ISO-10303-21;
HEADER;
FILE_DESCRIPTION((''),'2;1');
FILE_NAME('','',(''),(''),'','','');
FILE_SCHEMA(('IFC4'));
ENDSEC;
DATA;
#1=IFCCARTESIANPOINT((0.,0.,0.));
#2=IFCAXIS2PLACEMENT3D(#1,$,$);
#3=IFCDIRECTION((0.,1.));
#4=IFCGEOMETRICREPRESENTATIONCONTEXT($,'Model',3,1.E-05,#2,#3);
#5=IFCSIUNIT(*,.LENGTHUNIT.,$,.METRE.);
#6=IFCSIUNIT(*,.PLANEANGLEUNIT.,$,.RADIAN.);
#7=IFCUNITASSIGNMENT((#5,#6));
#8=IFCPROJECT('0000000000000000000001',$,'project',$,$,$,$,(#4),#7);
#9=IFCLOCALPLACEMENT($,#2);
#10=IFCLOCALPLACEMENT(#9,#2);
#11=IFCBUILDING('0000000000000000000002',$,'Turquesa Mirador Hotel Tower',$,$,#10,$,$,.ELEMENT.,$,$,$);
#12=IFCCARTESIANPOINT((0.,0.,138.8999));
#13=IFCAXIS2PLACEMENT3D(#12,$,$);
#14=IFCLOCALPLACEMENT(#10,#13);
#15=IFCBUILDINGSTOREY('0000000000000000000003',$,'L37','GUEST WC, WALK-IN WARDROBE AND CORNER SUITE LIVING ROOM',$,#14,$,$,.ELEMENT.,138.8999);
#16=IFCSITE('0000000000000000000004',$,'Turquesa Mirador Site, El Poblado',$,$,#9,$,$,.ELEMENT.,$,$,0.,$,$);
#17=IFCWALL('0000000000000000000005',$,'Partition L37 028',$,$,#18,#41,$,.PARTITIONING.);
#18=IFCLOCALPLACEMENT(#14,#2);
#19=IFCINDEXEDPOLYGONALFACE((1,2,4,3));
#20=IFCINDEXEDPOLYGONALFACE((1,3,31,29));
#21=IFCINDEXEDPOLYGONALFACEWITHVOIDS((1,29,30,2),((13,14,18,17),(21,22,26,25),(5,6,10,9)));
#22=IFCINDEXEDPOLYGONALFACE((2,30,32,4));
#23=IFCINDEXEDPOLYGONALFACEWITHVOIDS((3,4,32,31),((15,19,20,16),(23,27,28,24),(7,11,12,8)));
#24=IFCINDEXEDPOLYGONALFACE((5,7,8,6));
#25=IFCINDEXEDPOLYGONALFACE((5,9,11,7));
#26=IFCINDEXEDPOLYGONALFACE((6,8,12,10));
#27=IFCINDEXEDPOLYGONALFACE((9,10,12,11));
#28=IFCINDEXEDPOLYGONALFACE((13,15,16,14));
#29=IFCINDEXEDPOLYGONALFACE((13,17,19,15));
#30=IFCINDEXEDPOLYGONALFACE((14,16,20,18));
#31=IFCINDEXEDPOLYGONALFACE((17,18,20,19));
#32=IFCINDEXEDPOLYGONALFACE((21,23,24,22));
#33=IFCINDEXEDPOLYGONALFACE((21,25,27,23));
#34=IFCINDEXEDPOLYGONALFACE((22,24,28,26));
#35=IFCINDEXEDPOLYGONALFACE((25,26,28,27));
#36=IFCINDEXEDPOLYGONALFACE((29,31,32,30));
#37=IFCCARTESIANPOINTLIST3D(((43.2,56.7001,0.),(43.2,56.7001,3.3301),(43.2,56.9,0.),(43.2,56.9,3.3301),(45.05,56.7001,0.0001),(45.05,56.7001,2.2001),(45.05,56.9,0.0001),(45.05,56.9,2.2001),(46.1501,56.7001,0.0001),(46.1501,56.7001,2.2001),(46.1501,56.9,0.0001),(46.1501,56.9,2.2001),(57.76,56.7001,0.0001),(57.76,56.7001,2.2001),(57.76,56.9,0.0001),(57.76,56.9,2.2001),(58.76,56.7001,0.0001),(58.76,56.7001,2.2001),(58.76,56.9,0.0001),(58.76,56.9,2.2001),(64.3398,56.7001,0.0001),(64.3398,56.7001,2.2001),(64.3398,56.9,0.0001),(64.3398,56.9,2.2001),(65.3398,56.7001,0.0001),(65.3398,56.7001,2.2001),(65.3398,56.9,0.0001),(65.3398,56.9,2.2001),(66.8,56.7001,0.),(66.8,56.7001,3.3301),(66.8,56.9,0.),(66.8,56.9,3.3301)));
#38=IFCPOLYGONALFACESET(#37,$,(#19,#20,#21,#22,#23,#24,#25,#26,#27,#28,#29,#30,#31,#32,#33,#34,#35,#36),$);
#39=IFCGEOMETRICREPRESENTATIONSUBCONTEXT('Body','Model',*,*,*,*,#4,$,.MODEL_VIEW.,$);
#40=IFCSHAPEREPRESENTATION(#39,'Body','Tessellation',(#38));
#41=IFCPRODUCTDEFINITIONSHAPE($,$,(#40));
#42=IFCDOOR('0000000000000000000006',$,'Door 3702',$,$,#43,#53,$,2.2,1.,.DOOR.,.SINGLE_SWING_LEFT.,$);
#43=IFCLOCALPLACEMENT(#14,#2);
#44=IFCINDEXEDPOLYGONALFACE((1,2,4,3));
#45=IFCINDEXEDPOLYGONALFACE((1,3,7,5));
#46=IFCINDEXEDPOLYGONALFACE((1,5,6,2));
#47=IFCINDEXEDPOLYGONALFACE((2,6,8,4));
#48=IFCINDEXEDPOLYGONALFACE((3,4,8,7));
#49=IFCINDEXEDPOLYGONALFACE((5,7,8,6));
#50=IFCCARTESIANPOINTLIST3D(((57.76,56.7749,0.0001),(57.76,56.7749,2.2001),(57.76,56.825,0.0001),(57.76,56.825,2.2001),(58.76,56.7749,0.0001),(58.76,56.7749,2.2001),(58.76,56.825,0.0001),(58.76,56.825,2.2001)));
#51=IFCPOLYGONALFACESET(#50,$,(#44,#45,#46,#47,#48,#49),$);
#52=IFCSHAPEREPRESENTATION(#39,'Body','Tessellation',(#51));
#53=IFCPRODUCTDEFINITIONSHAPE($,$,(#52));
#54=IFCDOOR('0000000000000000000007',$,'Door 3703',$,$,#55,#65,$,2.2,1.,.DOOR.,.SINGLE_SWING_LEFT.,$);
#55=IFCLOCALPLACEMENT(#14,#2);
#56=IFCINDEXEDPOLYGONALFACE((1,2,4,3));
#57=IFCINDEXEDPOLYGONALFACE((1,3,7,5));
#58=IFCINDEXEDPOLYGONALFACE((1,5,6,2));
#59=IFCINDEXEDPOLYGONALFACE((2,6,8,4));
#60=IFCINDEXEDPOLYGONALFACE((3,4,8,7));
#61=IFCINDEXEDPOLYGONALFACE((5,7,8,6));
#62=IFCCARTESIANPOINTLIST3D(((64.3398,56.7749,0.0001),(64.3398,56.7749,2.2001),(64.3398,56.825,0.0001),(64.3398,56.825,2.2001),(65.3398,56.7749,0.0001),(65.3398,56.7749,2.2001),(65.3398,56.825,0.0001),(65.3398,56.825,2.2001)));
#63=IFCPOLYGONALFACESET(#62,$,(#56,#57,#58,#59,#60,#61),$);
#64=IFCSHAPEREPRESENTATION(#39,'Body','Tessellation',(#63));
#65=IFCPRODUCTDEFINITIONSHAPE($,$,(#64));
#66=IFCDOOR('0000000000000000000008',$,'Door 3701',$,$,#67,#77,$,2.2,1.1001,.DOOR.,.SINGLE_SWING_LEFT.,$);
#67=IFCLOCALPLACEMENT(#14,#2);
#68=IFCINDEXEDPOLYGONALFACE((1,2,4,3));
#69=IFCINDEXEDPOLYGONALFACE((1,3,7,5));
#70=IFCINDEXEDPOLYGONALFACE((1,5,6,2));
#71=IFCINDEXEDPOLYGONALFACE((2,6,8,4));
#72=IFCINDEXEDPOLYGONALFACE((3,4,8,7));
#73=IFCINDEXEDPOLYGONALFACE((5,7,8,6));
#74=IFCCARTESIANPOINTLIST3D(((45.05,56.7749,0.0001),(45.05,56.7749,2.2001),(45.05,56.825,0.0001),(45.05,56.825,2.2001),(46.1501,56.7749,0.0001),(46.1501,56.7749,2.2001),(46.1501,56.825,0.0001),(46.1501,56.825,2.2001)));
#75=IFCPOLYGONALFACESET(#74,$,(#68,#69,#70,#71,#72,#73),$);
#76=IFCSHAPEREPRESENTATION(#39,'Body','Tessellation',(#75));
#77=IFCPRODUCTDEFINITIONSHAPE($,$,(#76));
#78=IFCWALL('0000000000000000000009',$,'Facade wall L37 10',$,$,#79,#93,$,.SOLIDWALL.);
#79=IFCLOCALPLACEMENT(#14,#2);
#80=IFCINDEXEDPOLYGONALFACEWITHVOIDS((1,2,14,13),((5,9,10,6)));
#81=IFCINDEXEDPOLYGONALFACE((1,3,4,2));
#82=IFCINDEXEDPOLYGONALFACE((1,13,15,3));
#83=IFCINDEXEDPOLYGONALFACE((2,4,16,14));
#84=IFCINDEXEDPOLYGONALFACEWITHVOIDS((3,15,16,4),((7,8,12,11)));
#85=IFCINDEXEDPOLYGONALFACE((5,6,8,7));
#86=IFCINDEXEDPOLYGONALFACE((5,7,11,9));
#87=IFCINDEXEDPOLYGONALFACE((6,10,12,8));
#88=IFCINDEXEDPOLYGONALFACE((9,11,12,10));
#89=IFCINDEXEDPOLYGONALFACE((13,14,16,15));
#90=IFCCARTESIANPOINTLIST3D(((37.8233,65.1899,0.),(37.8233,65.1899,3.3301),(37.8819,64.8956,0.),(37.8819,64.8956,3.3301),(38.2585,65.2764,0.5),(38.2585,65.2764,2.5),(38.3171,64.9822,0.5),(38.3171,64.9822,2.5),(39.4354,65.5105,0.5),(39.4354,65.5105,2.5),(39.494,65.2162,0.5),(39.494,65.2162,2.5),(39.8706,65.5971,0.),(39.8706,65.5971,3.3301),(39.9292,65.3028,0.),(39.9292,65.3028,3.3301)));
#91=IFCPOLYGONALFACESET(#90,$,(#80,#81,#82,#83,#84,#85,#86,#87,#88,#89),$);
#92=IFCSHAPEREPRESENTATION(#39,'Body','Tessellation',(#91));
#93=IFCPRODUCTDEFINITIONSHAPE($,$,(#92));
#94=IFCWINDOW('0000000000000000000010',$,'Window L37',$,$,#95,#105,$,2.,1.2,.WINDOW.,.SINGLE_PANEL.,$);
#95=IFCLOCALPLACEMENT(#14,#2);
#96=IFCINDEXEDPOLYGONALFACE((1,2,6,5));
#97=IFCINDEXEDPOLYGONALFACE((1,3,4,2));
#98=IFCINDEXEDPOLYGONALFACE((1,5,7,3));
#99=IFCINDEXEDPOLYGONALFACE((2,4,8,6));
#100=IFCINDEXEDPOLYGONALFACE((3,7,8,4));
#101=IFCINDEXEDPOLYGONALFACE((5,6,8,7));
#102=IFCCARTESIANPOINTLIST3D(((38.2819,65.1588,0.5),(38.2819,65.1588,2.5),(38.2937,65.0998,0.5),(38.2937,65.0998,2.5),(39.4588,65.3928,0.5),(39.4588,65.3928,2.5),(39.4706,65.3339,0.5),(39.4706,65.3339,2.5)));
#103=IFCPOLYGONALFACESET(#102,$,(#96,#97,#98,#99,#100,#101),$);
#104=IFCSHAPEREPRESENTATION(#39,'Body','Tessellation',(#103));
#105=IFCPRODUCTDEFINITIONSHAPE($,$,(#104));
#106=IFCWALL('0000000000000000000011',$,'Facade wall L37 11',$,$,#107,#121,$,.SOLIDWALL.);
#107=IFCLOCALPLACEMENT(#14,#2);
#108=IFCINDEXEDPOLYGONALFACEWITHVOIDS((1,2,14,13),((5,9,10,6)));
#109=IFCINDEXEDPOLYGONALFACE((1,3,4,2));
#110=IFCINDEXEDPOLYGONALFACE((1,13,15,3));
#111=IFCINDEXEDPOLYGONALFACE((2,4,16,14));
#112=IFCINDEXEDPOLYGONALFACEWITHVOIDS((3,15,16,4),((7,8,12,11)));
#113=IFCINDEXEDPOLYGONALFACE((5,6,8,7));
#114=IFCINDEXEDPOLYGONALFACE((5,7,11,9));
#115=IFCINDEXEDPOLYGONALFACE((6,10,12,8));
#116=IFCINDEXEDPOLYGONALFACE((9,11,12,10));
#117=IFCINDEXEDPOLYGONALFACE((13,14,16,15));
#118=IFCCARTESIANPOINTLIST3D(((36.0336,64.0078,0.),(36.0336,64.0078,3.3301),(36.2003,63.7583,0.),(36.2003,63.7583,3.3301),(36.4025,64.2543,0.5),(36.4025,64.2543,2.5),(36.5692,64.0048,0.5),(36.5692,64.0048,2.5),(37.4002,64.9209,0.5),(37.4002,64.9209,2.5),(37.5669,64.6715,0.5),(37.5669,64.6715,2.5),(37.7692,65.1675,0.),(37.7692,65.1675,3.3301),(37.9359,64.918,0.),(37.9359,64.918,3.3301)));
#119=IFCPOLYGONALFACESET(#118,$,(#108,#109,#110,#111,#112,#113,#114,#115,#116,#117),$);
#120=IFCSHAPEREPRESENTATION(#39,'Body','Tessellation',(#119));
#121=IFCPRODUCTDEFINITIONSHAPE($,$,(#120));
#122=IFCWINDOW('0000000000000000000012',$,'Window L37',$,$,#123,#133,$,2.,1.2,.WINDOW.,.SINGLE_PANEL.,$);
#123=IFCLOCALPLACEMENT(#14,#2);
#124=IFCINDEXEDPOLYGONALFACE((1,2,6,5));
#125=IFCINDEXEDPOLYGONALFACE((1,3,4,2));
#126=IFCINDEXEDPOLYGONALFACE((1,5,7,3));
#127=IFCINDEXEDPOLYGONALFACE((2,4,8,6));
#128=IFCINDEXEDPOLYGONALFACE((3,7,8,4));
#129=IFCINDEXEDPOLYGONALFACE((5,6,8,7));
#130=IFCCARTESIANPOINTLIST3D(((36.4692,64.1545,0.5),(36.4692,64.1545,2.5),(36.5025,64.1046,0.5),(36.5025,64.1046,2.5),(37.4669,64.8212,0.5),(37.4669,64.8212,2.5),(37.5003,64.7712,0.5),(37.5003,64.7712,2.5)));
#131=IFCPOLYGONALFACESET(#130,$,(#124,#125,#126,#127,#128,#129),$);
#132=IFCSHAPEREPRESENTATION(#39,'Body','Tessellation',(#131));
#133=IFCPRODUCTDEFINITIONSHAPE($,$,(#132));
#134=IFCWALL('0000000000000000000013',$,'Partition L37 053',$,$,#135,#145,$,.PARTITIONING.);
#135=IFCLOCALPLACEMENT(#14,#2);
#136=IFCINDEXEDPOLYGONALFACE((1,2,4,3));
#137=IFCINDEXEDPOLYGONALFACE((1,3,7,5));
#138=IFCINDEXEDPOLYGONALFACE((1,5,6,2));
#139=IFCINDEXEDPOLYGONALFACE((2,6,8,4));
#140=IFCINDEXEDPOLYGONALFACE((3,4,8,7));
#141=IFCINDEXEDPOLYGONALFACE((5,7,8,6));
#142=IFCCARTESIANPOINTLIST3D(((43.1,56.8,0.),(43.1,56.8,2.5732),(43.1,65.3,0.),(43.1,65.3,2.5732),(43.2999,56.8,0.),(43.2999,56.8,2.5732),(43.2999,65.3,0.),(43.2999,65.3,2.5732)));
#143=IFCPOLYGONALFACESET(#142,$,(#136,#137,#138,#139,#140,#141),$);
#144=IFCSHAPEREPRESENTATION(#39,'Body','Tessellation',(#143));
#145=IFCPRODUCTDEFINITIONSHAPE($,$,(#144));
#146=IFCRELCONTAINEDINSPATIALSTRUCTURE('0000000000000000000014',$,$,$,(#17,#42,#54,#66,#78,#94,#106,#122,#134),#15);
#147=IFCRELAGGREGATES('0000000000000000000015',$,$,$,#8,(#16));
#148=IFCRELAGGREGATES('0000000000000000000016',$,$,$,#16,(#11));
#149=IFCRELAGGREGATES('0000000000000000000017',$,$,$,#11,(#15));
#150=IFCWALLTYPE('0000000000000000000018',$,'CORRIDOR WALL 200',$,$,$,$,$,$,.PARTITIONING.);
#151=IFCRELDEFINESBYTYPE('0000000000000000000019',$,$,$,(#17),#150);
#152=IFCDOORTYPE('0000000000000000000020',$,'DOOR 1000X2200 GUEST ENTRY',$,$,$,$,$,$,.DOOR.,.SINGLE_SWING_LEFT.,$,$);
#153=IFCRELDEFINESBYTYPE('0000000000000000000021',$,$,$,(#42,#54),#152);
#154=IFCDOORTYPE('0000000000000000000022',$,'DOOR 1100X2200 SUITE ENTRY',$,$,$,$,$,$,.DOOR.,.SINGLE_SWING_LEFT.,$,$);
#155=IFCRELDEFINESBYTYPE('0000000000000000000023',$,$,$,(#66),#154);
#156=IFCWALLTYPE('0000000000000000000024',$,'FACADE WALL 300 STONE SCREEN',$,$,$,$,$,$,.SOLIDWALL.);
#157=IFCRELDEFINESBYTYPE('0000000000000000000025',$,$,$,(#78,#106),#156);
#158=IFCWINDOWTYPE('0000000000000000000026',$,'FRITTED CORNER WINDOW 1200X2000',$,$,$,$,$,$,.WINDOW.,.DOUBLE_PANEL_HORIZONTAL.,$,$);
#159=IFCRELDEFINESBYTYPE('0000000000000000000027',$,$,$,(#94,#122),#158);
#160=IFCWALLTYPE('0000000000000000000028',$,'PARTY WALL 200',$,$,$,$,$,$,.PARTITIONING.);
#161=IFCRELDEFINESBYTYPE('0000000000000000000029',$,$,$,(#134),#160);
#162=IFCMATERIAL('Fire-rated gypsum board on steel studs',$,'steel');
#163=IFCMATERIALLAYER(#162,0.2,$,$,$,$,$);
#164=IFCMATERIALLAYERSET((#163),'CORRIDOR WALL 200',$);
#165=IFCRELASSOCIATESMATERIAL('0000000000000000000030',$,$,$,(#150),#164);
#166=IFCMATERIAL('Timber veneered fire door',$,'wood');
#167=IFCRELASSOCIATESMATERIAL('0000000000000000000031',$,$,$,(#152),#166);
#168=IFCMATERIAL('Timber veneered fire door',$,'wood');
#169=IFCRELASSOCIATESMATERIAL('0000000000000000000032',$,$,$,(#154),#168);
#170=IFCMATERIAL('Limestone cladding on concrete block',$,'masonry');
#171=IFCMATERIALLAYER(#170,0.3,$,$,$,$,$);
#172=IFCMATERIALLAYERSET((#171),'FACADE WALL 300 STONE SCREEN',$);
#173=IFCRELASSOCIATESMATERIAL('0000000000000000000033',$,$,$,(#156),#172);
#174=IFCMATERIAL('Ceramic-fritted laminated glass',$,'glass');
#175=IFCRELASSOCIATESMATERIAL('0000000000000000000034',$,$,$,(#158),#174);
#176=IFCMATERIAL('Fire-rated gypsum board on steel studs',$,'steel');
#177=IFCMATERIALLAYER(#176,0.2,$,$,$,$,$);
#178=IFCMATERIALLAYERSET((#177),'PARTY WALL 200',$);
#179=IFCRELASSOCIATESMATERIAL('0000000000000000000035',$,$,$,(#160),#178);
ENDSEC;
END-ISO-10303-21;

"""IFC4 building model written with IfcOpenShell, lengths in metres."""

from ifc_helpers import new_model, si_unit, direction, frame, frame_2d, origin, place, context, subcontext, project, spatial, rectangle, extrude, material, layer, layer_set, type_object, element, fill, save


model = new_model("IFC4")

# Units and contexts
model_context = context("Model", 3, precision=1e-05, world=origin(), true_north=direction((0.0, 1.0)))
body_context = subcontext(model_context, "Body", "Model", "MODEL_VIEW")
ifc_project = project(units=[si_unit("LENGTHUNIT", "METRE"), si_unit("PLANEANGLEUNIT", "RADIAN")], contexts=[model_context])

# Site, building, storey
site_placement = place(None, origin())
site = spatial("IfcSite", under=ifc_project, at=site_placement, Name="Turquesa Mirador Site, El Poblado", CompositionType="ELEMENT", RefElevation=0.0)
building_placement = place(site_placement, origin())
building = spatial("IfcBuilding", under=site, at=building_placement, Name="Turquesa Mirador Hotel Tower", CompositionType="ELEMENT")
storey_placement = place(building_placement, frame((0.0, 0.0, 138.8999)))
storey = spatial("IfcBuildingStorey", under=building, at=storey_placement, Name="L37", Description="GUEST WC, WALK-IN WARDROBE AND CORNER SUITE LIVING ROOM", CompositionType="ELEMENT", Elevation=138.8999)

# Wall, openings, doors
ifc_material_1 = material(Name="Fire-rated gypsum board on steel studs", Category="steel")
ifc_layer_1 = layer(ifc_material_1, 0.2)
ifc_layer_set_1 = layer_set([ifc_layer_1], Name="CORRIDOR WALL 200")
wall_type_1 = type_object("IfcWallType", Name="CORRIDOR WALL 200", PredefinedType="PARTITIONING", material=ifc_layer_set_1)
wall_1_placement = place(storey_placement, frame((43.2, 56.8, 0.0), z_axis=(0.0, 0.0, 1.0), x_axis=(1.0, 0.0, 0.0)))
wall_1 = element("IfcWall", 1, at=wall_1_placement, inside=storey, type_object=wall_type_1, Name="Partition L37 028", PredefinedType="PARTITIONING", context=body_context, shape_type="SweptSolid", body=[
    extrude(rectangle(XDim=23.6001, YDim=0.2, at=frame_2d((11.8, 0.0))), origin(), (0.0, 0.0, 1.0), 3.3301),
])
opening_1_placement = place(wall_1_placement, frame((1.8501, 0.0, 0.0)))
opening_1 = element("IfcOpeningElement", 2, at=opening_1_placement, cuts=wall_1, PredefinedType="OPENING", context=body_context, shape_type="SweptSolid", body=[
    extrude(rectangle(XDim=1.1001, YDim=2.2, at=frame_2d((0.55, 1.1001))), frame((0.0, 0.1099, 0.0), z_axis=(0.0, -1.0, 0.0), x_axis=(1.0, 0.0, 0.0)), (0.0, 0.0, 1.0), 0.22),
])
opening_2_placement = place(wall_1_placement, frame((14.5601, 0.0, 0.0)))
opening_2 = element("IfcOpeningElement", 3, at=opening_2_placement, cuts=wall_1, PredefinedType="OPENING", context=body_context, shape_type="SweptSolid", body=[
    extrude(rectangle(XDim=1.0, YDim=2.2, at=frame_2d((0.5, 1.1001))), frame((0.0, 0.1099, 0.0), z_axis=(0.0, -1.0, 0.0), x_axis=(1.0, 0.0, 0.0)), (0.0, 0.0, 1.0), 0.22),
])
opening_3_placement = place(wall_1_placement, frame((21.1399, 0.0, 0.0)))
opening_3 = element("IfcOpeningElement", 4, at=opening_3_placement, cuts=wall_1, PredefinedType="OPENING", context=body_context, shape_type="SweptSolid", body=[
    extrude(rectangle(XDim=1.0, YDim=2.2, at=frame_2d((0.5, 1.1001))), frame((0.0, 0.1099, 0.0), z_axis=(0.0, -1.0, 0.0), x_axis=(1.0, 0.0, 0.0)), (0.0, 0.0, 1.0), 0.22),
])
ifc_material_2 = material(Name="Timber veneered fire door", Category="wood")
door_type_1 = type_object("IfcDoorType", Name="DOOR 1000X2200 GUEST ENTRY", OperationType="SINGLE_SWING_LEFT", PredefinedType="DOOR", material=ifc_material_2)
door_1_placement = place(opening_2_placement, origin())
door_1 = element("IfcDoor", 5, at=door_1_placement, inside=storey, type_object=door_type_1, Name="Door 3702", OperationType="SINGLE_SWING_LEFT", OverallHeight=2.2, OverallWidth=1.0, PredefinedType="DOOR", context=body_context, shape_type="SweptSolid", body=[
    extrude(rectangle(XDim=1.0, YDim=2.2, at=frame_2d((0.5, 1.1001))), frame((0.0, 0.0249, 0.0), z_axis=(0.0, -1.0, 0.0), x_axis=(1.0, 0.0, 0.0)), (0.0, 0.0, 1.0), 0.05),
])
fill(opening_2, door_1)
door_2_placement = place(opening_3_placement, origin())
door_2 = element("IfcDoor", 6, at=door_2_placement, inside=storey, type_object=door_type_1, Name="Door 3703", OperationType="SINGLE_SWING_LEFT", OverallHeight=2.2, OverallWidth=1.0, PredefinedType="DOOR", context=body_context, shape_type="SweptSolid", body=[
    extrude(rectangle(XDim=1.0, YDim=2.2, at=frame_2d((0.5, 1.1001))), frame((0.0, 0.0249, 0.0), z_axis=(0.0, -1.0, 0.0), x_axis=(1.0, 0.0, 0.0)), (0.0, 0.0, 1.0), 0.05),
])
fill(opening_3, door_2)
ifc_material_3 = material(Name="Timber veneered fire door", Category="wood")
door_type_2 = type_object("IfcDoorType", Name="DOOR 1100X2200 SUITE ENTRY", OperationType="SINGLE_SWING_LEFT", PredefinedType="DOOR", material=ifc_material_3)
door_3_placement = place(opening_1_placement, origin())
door_3 = element("IfcDoor", 7, at=door_3_placement, inside=storey, type_object=door_type_2, Name="Door 3701", OperationType="SINGLE_SWING_LEFT", OverallHeight=2.2, OverallWidth=1.1001, PredefinedType="DOOR", context=body_context, shape_type="SweptSolid", body=[
    extrude(rectangle(XDim=1.1001, YDim=2.2, at=frame_2d((0.55, 1.1001))), frame((0.0, 0.0249, 0.0), z_axis=(0.0, -1.0, 0.0), x_axis=(1.0, 0.0, 0.0)), (0.0, 0.0, 1.0), 0.05),
])
fill(opening_1, door_3)

# Walls, openings, windows
ifc_material_4 = material(Name="Limestone cladding on concrete block", Category="masonry")
ifc_layer_2 = layer(ifc_material_4, 0.3)
ifc_layer_set_2 = layer_set([ifc_layer_2], Name="FACADE WALL 300 STONE SCREEN")
wall_type_2 = type_object("IfcWallType", Name="FACADE WALL 300 STONE SCREEN", PredefinedType="SOLIDWALL", material=ifc_layer_set_2)
wall_2_placement = place(storey_placement, frame((39.8999, 65.45, 0.0), z_axis=(0.0, 0.0, 1.0), x_axis=(-0.980787, -0.195081, 0.0)))
wall_2 = element("IfcWall", 8, at=wall_2_placement, inside=storey, type_object=wall_type_2, Name="Facade wall L37 10", PredefinedType="SOLIDWALL", context=body_context, shape_type="SweptSolid", body=[
    extrude(rectangle(XDim=2.0874, YDim=0.3, at=frame_2d((1.0437, 0.0))), origin(), (0.0, 0.0, 1.0), 3.3301),
])
opening_4_placement = place(wall_2_placement, frame((0.4436, 0.0, 0.5)))
opening_4 = element("IfcOpeningElement", 9, at=opening_4_placement, cuts=wall_2, PredefinedType="OPENING", context=body_context, shape_type="SweptSolid", body=[
    extrude(rectangle(XDim=1.2, YDim=2.0, at=frame_2d((0.6001, 1.0))), frame((0.0, 0.1599, 0.0), z_axis=(0.0, -1.0, 0.0), x_axis=(1.0, 0.0, 0.0)), (0.0, 0.0, 1.0), 0.3201),
])
ifc_material_5 = material(Name="Ceramic-fritted laminated glass", Category="glass")
window_type = type_object("IfcWindowType", Name="FRITTED CORNER WINDOW 1200X2000", PartitioningType="DOUBLE_PANEL_HORIZONTAL", PredefinedType="WINDOW", material=ifc_material_5)
window_1_placement = place(opening_4_placement, origin())
window_1 = element("IfcWindow", 10, at=window_1_placement, inside=storey, type_object=window_type, Name="Window L37", OverallHeight=2.0, OverallWidth=1.2, PartitioningType="SINGLE_PANEL", PredefinedType="WINDOW", context=body_context, shape_type="SweptSolid", body=[
    extrude(rectangle(XDim=1.2, YDim=2.0, at=frame_2d((0.6001, 1.0))), frame((0.0, 0.03, 0.0), z_axis=(0.0, -1.0, 0.0), x_axis=(1.0, 0.0, 0.0)), (0.0, 0.0, 1.0), 0.0601),
])
fill(opening_4, window_1)
wall_3_placement = place(storey_placement, frame((37.8525, 65.0427, 0.0), z_axis=(0.0, 0.0, 1.0), x_axis=(-0.831474, -0.555564, 0.0)))
wall_3 = element("IfcWall", 11, at=wall_3_placement, inside=storey, type_object=wall_type_2, Name="Facade wall L37 11", PredefinedType="SOLIDWALL", context=body_context, shape_type="SweptSolid", body=[
    extrude(rectangle(XDim=2.0874, YDim=0.3, at=frame_2d((1.0437, 0.0))), origin(), (0.0, 0.0, 1.0), 3.3301),
])
opening_5_placement = place(wall_3_placement, frame((0.4436, 0.0, 0.5)))
opening_5 = element("IfcOpeningElement", 12, at=opening_5_placement, cuts=wall_3, PredefinedType="OPENING", context=body_context, shape_type="SweptSolid", body=[
    extrude(rectangle(XDim=1.2, YDim=2.0, at=frame_2d((0.6001, 1.0))), frame((0.0, 0.1599, 0.0), z_axis=(0.0, -1.0, 0.0), x_axis=(1.0, 0.0, 0.0)), (0.0, 0.0, 1.0), 0.3201),
])
window_2_placement = place(opening_5_placement, origin())
window_2 = element("IfcWindow", 13, at=window_2_placement, inside=storey, type_object=window_type, Name="Window L37", OverallHeight=2.0, OverallWidth=1.2, PartitioningType="SINGLE_PANEL", PredefinedType="WINDOW", context=body_context, shape_type="SweptSolid", body=[
    extrude(rectangle(XDim=1.2, YDim=2.0, at=frame_2d((0.6001, 1.0))), frame((0.0, 0.03, 0.0), z_axis=(0.0, -1.0, 0.0), x_axis=(1.0, 0.0, 0.0)), (0.0, 0.0, 1.0), 0.0601),
])
fill(opening_5, window_2)

# Wall
ifc_material_6 = material(Name="Fire-rated gypsum board on steel studs", Category="steel")
ifc_layer_3 = layer(ifc_material_6, 0.2)
ifc_layer_set_3 = layer_set([ifc_layer_3], Name="PARTY WALL 200")
wall_type_3 = type_object("IfcWallType", Name="PARTY WALL 200", PredefinedType="PARTITIONING", material=ifc_layer_set_3)
wall_4_placement = place(storey_placement, frame((43.2, 56.8, 0.0), z_axis=(0.0, 0.0, 1.0), x_axis=(0.0, 1.0, 0.0)))
element("IfcWall", 14, at=wall_4_placement, inside=storey, type_object=wall_type_3, Name="Partition L37 053", PredefinedType="PARTITIONING", context=body_context, shape_type="SweptSolid", body=[
    extrude(rectangle(XDim=8.5, YDim=0.2, at=frame_2d((4.25, 0.0))), origin(), (0.0, 0.0, 1.0), 2.5732),
])

save(model, "model.ifc")
